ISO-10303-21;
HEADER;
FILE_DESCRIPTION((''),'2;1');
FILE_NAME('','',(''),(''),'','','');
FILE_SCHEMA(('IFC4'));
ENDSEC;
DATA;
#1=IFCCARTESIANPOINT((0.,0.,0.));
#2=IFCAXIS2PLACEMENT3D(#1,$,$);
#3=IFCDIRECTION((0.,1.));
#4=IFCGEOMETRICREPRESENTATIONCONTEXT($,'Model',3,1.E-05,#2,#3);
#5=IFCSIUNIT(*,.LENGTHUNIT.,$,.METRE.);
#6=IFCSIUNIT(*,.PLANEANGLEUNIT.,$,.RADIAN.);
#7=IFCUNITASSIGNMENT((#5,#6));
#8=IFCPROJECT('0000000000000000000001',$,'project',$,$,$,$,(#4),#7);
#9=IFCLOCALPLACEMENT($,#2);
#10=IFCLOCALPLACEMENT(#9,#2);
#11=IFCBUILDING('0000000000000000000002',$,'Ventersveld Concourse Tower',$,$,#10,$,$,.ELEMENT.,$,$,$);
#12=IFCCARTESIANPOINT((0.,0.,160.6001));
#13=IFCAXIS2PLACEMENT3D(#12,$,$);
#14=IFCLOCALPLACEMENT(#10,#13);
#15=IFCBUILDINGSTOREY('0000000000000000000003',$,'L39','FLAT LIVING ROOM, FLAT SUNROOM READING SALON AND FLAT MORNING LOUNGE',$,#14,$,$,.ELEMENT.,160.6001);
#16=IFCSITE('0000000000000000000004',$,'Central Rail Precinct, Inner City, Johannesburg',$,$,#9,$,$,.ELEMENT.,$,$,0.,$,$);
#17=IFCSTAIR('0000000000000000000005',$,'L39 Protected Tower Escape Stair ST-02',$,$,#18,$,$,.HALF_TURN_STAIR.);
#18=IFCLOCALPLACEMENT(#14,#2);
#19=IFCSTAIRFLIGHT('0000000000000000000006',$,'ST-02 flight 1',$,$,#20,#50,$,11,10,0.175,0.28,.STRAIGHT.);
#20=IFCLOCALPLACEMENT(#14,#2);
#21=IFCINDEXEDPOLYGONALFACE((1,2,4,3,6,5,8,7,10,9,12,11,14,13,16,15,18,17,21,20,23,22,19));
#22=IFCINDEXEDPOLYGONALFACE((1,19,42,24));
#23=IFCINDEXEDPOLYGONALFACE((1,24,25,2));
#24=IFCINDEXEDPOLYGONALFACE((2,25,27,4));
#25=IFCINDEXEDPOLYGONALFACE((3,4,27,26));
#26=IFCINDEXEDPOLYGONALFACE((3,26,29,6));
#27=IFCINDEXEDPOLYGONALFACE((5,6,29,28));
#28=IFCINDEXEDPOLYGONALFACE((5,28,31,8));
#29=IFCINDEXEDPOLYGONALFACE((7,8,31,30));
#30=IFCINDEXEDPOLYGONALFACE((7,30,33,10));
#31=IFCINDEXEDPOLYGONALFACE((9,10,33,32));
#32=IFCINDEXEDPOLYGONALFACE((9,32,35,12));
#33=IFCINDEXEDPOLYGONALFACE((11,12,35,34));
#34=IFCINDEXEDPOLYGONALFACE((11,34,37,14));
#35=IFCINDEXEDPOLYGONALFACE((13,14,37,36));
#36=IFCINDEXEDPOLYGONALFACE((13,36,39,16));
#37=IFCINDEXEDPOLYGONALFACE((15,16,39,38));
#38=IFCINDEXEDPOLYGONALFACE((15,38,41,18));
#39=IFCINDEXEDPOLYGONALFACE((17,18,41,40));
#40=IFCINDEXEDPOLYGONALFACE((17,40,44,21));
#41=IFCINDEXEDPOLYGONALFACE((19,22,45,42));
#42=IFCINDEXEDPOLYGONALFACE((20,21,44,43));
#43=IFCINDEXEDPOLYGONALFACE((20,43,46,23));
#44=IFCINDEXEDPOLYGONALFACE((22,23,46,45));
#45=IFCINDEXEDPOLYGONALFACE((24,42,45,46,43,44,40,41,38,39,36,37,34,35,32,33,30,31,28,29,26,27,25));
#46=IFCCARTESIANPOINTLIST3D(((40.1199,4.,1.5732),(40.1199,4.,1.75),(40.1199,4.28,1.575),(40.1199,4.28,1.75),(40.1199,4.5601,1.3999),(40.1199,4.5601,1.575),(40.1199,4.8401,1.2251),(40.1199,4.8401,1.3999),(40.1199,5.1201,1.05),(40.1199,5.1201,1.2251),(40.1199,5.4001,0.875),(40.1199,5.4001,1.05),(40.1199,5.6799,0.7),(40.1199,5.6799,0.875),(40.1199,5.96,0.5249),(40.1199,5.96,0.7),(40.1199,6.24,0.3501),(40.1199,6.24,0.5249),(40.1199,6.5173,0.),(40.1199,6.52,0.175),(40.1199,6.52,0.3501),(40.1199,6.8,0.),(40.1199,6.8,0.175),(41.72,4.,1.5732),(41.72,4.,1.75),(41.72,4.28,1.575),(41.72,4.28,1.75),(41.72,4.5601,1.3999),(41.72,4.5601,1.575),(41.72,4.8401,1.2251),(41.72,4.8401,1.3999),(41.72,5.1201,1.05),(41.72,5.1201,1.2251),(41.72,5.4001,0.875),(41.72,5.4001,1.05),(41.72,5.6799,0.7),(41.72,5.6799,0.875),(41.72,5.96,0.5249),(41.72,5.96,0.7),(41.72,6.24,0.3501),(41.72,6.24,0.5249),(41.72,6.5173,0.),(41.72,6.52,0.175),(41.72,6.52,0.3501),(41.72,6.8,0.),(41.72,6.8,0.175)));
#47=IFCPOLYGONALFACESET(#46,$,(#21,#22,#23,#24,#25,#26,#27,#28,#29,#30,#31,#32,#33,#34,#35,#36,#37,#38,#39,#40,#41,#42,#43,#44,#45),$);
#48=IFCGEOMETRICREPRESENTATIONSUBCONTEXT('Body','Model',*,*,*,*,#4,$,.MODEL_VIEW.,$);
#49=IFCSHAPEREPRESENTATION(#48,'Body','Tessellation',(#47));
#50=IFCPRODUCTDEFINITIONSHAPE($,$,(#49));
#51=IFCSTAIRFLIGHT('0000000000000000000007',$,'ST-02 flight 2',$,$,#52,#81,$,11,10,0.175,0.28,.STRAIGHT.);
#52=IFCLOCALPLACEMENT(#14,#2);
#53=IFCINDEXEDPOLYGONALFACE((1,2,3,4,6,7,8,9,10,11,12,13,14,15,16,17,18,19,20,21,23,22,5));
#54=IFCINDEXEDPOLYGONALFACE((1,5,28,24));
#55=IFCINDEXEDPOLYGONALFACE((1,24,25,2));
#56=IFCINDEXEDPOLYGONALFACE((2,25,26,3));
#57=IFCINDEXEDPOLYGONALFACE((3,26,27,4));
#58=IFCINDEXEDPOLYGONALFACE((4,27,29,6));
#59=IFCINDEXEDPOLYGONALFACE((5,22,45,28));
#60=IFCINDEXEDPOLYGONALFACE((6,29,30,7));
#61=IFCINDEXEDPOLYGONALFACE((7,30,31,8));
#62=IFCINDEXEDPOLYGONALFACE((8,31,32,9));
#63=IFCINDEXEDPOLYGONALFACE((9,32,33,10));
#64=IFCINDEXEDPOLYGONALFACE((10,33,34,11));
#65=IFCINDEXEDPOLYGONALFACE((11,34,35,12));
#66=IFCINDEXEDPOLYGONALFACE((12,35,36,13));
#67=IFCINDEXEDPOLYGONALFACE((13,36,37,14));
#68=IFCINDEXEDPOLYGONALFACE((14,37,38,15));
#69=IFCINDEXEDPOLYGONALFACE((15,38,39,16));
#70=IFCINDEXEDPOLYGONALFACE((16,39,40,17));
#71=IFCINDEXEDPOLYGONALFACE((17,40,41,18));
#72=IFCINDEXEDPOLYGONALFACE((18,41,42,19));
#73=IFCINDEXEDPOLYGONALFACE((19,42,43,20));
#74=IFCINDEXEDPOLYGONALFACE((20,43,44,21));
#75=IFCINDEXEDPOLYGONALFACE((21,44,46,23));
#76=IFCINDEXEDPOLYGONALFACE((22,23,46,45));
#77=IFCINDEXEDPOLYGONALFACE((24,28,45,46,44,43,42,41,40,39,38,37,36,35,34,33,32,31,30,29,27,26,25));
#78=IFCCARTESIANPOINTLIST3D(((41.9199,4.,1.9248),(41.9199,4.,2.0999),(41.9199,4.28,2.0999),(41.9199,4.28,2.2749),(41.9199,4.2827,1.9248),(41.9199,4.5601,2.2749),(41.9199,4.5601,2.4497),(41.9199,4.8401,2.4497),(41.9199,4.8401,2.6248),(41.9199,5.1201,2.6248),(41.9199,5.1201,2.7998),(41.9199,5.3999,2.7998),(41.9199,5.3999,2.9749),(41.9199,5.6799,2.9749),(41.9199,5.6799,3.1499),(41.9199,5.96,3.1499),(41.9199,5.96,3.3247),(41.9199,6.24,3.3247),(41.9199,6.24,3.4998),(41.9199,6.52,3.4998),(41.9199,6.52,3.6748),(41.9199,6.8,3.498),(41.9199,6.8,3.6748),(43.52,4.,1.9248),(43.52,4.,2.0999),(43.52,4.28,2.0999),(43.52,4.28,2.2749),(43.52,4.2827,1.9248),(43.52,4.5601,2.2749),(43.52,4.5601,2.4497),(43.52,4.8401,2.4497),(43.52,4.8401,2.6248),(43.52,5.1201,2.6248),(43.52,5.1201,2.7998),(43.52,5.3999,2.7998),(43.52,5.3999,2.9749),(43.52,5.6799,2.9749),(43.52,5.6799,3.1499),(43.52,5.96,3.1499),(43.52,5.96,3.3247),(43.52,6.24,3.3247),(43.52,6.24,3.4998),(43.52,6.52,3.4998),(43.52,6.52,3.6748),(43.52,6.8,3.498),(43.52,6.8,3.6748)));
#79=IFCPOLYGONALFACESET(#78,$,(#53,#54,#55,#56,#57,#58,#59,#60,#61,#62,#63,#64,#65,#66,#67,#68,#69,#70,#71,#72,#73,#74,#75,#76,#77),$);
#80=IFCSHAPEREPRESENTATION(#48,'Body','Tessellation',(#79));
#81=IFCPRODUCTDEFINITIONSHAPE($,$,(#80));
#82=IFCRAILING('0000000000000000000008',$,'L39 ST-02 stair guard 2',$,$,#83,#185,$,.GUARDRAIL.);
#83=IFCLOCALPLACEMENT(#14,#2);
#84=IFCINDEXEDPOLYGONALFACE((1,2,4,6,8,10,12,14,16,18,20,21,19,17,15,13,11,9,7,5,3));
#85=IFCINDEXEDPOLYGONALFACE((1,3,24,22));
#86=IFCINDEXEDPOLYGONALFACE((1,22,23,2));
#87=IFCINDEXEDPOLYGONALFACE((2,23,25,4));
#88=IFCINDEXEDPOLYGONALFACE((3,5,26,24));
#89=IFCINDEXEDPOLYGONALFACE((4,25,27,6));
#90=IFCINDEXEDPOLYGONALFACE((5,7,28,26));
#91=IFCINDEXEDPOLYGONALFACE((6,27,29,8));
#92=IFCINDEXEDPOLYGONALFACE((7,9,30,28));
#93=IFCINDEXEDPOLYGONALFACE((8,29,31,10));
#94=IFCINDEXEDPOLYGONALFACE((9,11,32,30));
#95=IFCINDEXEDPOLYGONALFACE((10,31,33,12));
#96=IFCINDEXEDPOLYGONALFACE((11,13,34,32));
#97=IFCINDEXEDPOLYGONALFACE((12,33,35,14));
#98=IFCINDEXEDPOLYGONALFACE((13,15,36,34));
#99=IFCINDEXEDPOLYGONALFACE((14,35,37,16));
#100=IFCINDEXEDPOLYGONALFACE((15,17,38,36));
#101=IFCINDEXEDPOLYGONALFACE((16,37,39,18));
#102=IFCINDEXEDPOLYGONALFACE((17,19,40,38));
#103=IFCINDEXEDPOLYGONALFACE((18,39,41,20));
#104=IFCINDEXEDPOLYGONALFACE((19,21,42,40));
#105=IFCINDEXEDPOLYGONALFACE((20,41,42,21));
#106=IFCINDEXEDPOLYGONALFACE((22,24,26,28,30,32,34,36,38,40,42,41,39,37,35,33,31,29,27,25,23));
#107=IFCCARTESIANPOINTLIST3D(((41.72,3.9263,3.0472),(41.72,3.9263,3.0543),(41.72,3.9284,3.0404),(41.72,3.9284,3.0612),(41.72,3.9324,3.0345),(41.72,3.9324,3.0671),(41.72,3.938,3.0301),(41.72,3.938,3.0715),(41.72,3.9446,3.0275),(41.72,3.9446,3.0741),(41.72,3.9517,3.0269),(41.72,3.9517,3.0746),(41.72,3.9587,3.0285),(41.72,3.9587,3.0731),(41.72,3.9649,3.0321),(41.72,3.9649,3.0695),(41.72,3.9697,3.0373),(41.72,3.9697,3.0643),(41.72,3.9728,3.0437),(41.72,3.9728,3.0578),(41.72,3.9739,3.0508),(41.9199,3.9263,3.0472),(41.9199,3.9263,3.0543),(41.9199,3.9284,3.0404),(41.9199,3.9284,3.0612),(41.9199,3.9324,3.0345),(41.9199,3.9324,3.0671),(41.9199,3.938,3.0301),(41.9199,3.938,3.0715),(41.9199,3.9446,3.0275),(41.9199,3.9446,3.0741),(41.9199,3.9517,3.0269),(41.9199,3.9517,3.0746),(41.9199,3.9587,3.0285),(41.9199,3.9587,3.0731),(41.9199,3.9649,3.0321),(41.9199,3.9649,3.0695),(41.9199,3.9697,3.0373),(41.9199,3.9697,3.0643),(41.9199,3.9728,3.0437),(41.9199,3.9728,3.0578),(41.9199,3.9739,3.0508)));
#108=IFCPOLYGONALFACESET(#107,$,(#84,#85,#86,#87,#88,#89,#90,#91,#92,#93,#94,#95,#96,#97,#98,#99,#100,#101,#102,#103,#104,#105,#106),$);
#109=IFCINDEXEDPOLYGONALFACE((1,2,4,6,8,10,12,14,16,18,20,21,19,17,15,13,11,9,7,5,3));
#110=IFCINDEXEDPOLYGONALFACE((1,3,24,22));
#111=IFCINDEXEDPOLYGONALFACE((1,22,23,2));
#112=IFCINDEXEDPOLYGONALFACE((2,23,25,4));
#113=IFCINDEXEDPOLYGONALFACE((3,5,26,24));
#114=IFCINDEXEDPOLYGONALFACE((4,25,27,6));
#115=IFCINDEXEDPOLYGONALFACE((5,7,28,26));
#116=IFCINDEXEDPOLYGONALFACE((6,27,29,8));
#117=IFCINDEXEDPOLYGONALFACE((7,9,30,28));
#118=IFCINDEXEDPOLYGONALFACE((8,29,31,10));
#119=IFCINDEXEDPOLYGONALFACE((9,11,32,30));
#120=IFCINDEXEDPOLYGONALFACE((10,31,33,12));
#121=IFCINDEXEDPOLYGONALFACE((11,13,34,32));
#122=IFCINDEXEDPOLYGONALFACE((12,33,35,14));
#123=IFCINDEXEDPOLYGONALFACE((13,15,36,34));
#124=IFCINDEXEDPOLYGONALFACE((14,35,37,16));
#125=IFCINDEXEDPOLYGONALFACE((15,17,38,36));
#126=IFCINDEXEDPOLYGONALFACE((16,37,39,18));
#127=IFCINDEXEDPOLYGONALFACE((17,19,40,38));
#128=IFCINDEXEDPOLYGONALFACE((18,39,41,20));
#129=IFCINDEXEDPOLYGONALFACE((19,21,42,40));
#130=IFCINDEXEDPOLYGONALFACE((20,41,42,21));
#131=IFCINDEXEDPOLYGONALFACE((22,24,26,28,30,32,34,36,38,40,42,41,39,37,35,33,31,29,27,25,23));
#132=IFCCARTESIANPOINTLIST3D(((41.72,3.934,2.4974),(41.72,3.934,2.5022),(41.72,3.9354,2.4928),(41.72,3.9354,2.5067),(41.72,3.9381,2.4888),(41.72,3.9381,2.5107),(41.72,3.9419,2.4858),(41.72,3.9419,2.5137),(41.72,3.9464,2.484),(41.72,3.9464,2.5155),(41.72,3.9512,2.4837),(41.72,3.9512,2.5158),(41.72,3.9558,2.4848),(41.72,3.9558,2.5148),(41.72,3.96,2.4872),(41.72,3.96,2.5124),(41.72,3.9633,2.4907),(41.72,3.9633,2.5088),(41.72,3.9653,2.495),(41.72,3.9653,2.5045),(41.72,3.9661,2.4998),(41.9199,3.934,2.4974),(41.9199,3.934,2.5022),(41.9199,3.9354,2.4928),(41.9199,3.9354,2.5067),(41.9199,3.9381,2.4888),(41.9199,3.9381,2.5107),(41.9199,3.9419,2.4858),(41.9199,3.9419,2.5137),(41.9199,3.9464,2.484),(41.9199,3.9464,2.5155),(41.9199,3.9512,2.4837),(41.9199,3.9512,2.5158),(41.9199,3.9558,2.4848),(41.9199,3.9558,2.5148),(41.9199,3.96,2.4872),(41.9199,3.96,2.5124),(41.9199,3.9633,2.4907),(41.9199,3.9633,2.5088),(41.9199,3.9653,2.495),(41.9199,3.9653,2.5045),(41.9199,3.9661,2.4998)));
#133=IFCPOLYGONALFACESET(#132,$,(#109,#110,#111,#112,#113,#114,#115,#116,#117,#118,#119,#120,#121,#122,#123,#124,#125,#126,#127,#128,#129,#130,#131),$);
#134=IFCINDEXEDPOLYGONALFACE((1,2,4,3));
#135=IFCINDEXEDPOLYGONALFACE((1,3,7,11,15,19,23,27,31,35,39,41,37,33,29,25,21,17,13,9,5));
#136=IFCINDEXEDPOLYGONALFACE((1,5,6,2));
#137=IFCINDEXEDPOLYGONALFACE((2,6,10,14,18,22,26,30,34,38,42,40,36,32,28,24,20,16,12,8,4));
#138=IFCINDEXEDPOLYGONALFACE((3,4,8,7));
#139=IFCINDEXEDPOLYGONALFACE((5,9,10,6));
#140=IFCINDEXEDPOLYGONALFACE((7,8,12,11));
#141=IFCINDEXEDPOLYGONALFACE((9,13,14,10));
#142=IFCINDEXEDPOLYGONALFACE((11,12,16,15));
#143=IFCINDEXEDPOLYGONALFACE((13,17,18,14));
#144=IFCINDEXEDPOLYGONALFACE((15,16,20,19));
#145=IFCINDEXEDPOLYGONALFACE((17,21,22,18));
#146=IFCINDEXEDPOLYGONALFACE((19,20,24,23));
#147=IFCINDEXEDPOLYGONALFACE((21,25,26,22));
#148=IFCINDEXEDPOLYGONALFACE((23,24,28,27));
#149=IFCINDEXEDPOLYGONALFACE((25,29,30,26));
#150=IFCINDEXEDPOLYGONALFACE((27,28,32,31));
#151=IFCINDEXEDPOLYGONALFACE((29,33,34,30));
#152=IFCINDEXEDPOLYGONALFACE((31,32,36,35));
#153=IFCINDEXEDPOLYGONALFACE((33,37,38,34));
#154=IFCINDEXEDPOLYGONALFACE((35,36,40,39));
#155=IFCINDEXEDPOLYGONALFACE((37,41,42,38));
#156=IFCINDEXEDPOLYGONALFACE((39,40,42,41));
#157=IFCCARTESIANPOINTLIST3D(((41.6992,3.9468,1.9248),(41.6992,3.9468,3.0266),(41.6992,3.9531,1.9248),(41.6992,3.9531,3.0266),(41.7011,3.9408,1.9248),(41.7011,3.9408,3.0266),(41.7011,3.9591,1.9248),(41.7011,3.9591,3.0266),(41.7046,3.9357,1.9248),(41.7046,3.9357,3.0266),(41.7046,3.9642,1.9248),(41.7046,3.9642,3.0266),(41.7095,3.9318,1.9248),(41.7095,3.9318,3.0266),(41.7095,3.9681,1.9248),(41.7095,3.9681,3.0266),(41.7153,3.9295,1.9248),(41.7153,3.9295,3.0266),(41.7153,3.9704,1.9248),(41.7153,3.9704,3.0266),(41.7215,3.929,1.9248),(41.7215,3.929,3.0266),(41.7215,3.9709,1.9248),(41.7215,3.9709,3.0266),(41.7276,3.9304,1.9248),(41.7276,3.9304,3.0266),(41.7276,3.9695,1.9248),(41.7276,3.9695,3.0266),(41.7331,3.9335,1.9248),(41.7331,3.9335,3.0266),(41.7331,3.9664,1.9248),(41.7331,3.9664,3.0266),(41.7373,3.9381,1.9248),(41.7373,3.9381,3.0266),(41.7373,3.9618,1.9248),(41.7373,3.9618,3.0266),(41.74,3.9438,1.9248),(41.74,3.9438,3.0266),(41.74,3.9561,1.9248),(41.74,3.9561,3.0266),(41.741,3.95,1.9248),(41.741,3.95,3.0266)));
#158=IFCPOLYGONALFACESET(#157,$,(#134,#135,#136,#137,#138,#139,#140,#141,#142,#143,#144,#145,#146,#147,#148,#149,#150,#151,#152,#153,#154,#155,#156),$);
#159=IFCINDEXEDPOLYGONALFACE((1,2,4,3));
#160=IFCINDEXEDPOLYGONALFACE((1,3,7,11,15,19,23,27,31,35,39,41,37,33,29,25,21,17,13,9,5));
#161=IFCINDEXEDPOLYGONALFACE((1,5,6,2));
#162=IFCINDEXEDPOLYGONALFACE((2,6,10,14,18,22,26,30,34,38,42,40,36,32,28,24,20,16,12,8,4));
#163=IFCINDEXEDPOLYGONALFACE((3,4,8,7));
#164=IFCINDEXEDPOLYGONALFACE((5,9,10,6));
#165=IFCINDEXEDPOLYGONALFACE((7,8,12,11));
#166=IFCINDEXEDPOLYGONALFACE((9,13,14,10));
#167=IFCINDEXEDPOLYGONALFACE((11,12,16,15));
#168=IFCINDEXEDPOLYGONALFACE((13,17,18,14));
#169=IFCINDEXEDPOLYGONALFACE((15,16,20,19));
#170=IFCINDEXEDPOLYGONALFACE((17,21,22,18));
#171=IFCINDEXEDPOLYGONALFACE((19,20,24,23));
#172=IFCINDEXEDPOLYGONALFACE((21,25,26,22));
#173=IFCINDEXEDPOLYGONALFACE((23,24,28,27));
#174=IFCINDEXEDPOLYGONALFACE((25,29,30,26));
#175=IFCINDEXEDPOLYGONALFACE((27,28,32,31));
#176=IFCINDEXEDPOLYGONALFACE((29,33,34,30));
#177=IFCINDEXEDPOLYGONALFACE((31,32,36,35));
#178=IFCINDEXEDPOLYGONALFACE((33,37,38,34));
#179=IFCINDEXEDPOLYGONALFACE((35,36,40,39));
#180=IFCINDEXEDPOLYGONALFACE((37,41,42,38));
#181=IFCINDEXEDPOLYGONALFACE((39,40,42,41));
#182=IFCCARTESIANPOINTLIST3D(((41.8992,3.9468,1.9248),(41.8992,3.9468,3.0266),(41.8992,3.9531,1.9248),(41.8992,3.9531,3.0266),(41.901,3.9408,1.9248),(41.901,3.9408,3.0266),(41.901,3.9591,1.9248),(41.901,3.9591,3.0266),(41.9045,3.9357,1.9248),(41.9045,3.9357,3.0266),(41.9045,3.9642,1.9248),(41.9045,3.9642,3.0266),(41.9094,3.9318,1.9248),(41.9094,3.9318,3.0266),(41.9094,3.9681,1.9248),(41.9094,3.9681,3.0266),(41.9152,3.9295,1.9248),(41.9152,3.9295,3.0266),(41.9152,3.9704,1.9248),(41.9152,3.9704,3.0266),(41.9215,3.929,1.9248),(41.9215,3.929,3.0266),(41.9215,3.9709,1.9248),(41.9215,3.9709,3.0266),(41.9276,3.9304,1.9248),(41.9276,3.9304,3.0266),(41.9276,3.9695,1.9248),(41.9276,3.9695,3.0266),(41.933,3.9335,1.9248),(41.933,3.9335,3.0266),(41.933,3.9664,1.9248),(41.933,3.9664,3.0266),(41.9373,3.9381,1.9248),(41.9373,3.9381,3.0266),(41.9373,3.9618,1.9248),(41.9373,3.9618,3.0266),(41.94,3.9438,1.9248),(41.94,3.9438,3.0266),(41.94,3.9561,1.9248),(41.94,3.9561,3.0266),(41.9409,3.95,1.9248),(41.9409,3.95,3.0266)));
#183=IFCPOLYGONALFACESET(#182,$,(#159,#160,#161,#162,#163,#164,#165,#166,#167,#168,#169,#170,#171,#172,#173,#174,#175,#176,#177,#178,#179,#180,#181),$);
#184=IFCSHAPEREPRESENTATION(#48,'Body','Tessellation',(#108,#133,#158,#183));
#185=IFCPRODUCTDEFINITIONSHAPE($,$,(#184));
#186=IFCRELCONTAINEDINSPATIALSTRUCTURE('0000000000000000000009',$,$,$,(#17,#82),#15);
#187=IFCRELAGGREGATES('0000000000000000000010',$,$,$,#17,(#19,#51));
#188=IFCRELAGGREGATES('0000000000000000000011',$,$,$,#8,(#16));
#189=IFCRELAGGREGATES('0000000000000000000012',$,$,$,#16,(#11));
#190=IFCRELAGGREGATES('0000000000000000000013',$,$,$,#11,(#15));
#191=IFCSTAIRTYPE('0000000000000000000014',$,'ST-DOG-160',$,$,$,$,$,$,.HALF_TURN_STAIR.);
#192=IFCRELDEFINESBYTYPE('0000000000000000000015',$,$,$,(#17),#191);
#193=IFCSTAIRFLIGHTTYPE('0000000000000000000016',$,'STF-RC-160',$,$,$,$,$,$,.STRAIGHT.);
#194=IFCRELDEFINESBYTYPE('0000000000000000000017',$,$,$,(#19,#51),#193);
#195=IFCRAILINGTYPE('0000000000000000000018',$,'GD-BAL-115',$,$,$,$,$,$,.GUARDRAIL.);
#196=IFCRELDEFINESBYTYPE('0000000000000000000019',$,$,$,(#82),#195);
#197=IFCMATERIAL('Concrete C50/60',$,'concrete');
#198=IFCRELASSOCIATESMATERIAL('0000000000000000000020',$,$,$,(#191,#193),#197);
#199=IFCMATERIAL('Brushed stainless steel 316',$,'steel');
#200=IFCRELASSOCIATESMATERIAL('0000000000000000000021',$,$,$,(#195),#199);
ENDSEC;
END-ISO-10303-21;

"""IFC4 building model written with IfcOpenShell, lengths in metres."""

from ifc_helpers import new_model, si_unit, direction, frame, origin, origin_2d, place, context, subcontext, project, spatial, polyline, circle, outline, extrude, material, type_object, element, aggregate, save


model = new_model("IFC4")

# Units and contexts
model_context = context("Model", 3, precision=1e-05, world=origin(), true_north=direction((0.0, 1.0)))
body_context = subcontext(model_context, "Body", "Model", "MODEL_VIEW")
ifc_project = project(units=[si_unit("LENGTHUNIT", "METRE"), si_unit("PLANEANGLEUNIT", "RADIAN")], contexts=[model_context])

# Site, building, storey
site_placement = place(None, origin())
site = spatial("IfcSite", under=ifc_project, at=site_placement, Name="Central Rail Precinct, Inner City, Johannesburg", CompositionType="ELEMENT", RefElevation=0.0)
building_placement = place(site_placement, origin())
building = spatial("IfcBuilding", under=site, at=building_placement, Name="Ventersveld Concourse Tower", CompositionType="ELEMENT")
storey_placement = place(building_placement, frame((0.0, 0.0, 160.6001)))
storey = spatial("IfcBuildingStorey", under=building, at=storey_placement, Name="L39", Description="FLAT LIVING ROOM, FLAT SUNROOM READING SALON AND FLAT MORNING LOUNGE", CompositionType="ELEMENT", Elevation=160.6001)

# Stair, stair flights
ifc_material_1 = material(Name="Concrete C50/60", Category="concrete")
stair_type = type_object("IfcStairType", Name="ST-DOG-160", PredefinedType="HALF_TURN_STAIR", material=ifc_material_1)
stair_placement = place(storey_placement, origin())
stair = element("IfcStair", 1, at=stair_placement, inside=storey, type_object=stair_type, Name="L39 Protected Tower Escape Stair ST-02", PredefinedType="HALF_TURN_STAIR")
stair_flight_type = type_object("IfcStairFlightType", Name="STF-RC-160", PredefinedType="STRAIGHT", material=ifc_material_1)
stair_flight_1_placement = place(storey_placement, frame((40.9199, 6.8, 0.0), z_axis=(0.0, 0.0, 1.0), x_axis=(0.0, -1.0, 0.0)))
stair_flight_1 = element("IfcStairFlight", 2, at=stair_flight_1_placement, type_object=stair_flight_type, Name="ST-02 flight 1", NumberOfRisers=11, NumberOfTreads=10, PredefinedType="STRAIGHT", RiserHeight=0.175, TreadLength=0.28, context=body_context, shape_type="SweptSolid", body=[
    extrude(outline(polyline([(0.0, 0.0), (0.0, 0.175), (0.28, 0.175), (0.28, 0.3501), (0.5601, 0.3501), (0.5601, 0.5249), (0.8401, 0.5249), (0.8401, 0.7), (1.1201, 0.7), (1.1201, 0.875), (1.3999, 0.875), (1.3999, 1.05), (1.6799, 1.05), (1.6799, 1.2251), (1.96, 1.2251), (1.96, 1.3999), (2.24, 1.3999), (2.24, 1.575), (2.52, 1.575), (2.52, 1.75), (2.8, 1.75), (2.8, 1.925), (2.8, 1.5732), (0.2827, 0.0), (0.0, 0.0)])), frame((0.0, 0.8, 0.0), z_axis=(0.0, -1.0, 0.0), x_axis=(1.0, 0.0, 0.0)), (0.0, 0.0, 1.0), 1.6001),
])
stair_flight_2_placement = place(storey_placement, frame((42.72, 4.0, 1.9248), z_axis=(0.0, 0.0, 1.0), x_axis=(0.0, 1.0, 0.0)))
stair_flight_2 = element("IfcStairFlight", 3, at=stair_flight_2_placement, type_object=stair_flight_type, Name="ST-02 flight 2", NumberOfRisers=11, NumberOfTreads=10, PredefinedType="STRAIGHT", RiserHeight=0.175, TreadLength=0.28, context=body_context, shape_type="SweptSolid", body=[
    extrude(outline(polyline([(0.0, 0.0), (0.0, 0.175), (0.28, 0.175), (0.28, 0.3501), (0.5601, 0.3501), (0.5601, 0.5249), (0.8401, 0.5249), (0.8401, 0.7), (1.1201, 0.7), (1.1201, 0.875), (1.3999, 0.875), (1.3999, 1.05), (1.6799, 1.05), (1.6799, 1.2251), (1.96, 1.2251), (1.96, 1.3999), (2.24, 1.3999), (2.24, 1.575), (2.52, 1.575), (2.52, 1.75), (2.8, 1.75), (2.8, 1.925), (2.8, 1.5732), (0.2827, 0.0), (0.0, 0.0)])), frame((0.0, 0.8, 0.0), z_axis=(0.0, -1.0, 0.0), x_axis=(1.0, 0.0, 0.0)), (0.0, 0.0, 1.0), 1.6001),
])
aggregate(stair, [stair_flight_1, stair_flight_2])

# Railing
ifc_material_2 = material(Name="Brushed stainless steel 316", Category="steel")
railing_type_1 = type_object("IfcRailingType", Name="GD-BAL-115", PredefinedType="GUARDRAIL", material=ifc_material_2)
railing_1_placement = place(storey_placement, frame((41.72, 3.95, 1.9248)))
element("IfcRailing", 4, at=railing_1_placement, inside=storey, type_object=railing_type_1, Name="L39 ST-02 stair guard 2", PredefinedType="GUARDRAIL", context=body_context, shape_type="SweptSolid", body=[
    extrude(circle(Radius=0.0239, at=origin_2d()), frame((0.0, 0.0, 1.126), z_axis=(1.0, 0.0, 0.0), x_axis=(0.0, 1.0, 0.0)), (0.0, 0.0, 1.0), 0.2),
    extrude(circle(Radius=0.0161, at=origin_2d()), frame((0.0, 0.0, 0.575), z_axis=(1.0, 0.0, 0.0), x_axis=(0.0, 1.0, 0.0)), (0.0, 0.0, 1.0), 0.2),
    extrude(circle(Radius=0.021, at=origin_2d()), origin(), (0.0, 0.0, 1.0), 1.1018),
    extrude(circle(Radius=0.021, at=origin_2d()), frame((0.2, 0.0, 0.0)), (0.0, 0.0, 1.0), 1.1018),
])

save(model, "model.ifc")
